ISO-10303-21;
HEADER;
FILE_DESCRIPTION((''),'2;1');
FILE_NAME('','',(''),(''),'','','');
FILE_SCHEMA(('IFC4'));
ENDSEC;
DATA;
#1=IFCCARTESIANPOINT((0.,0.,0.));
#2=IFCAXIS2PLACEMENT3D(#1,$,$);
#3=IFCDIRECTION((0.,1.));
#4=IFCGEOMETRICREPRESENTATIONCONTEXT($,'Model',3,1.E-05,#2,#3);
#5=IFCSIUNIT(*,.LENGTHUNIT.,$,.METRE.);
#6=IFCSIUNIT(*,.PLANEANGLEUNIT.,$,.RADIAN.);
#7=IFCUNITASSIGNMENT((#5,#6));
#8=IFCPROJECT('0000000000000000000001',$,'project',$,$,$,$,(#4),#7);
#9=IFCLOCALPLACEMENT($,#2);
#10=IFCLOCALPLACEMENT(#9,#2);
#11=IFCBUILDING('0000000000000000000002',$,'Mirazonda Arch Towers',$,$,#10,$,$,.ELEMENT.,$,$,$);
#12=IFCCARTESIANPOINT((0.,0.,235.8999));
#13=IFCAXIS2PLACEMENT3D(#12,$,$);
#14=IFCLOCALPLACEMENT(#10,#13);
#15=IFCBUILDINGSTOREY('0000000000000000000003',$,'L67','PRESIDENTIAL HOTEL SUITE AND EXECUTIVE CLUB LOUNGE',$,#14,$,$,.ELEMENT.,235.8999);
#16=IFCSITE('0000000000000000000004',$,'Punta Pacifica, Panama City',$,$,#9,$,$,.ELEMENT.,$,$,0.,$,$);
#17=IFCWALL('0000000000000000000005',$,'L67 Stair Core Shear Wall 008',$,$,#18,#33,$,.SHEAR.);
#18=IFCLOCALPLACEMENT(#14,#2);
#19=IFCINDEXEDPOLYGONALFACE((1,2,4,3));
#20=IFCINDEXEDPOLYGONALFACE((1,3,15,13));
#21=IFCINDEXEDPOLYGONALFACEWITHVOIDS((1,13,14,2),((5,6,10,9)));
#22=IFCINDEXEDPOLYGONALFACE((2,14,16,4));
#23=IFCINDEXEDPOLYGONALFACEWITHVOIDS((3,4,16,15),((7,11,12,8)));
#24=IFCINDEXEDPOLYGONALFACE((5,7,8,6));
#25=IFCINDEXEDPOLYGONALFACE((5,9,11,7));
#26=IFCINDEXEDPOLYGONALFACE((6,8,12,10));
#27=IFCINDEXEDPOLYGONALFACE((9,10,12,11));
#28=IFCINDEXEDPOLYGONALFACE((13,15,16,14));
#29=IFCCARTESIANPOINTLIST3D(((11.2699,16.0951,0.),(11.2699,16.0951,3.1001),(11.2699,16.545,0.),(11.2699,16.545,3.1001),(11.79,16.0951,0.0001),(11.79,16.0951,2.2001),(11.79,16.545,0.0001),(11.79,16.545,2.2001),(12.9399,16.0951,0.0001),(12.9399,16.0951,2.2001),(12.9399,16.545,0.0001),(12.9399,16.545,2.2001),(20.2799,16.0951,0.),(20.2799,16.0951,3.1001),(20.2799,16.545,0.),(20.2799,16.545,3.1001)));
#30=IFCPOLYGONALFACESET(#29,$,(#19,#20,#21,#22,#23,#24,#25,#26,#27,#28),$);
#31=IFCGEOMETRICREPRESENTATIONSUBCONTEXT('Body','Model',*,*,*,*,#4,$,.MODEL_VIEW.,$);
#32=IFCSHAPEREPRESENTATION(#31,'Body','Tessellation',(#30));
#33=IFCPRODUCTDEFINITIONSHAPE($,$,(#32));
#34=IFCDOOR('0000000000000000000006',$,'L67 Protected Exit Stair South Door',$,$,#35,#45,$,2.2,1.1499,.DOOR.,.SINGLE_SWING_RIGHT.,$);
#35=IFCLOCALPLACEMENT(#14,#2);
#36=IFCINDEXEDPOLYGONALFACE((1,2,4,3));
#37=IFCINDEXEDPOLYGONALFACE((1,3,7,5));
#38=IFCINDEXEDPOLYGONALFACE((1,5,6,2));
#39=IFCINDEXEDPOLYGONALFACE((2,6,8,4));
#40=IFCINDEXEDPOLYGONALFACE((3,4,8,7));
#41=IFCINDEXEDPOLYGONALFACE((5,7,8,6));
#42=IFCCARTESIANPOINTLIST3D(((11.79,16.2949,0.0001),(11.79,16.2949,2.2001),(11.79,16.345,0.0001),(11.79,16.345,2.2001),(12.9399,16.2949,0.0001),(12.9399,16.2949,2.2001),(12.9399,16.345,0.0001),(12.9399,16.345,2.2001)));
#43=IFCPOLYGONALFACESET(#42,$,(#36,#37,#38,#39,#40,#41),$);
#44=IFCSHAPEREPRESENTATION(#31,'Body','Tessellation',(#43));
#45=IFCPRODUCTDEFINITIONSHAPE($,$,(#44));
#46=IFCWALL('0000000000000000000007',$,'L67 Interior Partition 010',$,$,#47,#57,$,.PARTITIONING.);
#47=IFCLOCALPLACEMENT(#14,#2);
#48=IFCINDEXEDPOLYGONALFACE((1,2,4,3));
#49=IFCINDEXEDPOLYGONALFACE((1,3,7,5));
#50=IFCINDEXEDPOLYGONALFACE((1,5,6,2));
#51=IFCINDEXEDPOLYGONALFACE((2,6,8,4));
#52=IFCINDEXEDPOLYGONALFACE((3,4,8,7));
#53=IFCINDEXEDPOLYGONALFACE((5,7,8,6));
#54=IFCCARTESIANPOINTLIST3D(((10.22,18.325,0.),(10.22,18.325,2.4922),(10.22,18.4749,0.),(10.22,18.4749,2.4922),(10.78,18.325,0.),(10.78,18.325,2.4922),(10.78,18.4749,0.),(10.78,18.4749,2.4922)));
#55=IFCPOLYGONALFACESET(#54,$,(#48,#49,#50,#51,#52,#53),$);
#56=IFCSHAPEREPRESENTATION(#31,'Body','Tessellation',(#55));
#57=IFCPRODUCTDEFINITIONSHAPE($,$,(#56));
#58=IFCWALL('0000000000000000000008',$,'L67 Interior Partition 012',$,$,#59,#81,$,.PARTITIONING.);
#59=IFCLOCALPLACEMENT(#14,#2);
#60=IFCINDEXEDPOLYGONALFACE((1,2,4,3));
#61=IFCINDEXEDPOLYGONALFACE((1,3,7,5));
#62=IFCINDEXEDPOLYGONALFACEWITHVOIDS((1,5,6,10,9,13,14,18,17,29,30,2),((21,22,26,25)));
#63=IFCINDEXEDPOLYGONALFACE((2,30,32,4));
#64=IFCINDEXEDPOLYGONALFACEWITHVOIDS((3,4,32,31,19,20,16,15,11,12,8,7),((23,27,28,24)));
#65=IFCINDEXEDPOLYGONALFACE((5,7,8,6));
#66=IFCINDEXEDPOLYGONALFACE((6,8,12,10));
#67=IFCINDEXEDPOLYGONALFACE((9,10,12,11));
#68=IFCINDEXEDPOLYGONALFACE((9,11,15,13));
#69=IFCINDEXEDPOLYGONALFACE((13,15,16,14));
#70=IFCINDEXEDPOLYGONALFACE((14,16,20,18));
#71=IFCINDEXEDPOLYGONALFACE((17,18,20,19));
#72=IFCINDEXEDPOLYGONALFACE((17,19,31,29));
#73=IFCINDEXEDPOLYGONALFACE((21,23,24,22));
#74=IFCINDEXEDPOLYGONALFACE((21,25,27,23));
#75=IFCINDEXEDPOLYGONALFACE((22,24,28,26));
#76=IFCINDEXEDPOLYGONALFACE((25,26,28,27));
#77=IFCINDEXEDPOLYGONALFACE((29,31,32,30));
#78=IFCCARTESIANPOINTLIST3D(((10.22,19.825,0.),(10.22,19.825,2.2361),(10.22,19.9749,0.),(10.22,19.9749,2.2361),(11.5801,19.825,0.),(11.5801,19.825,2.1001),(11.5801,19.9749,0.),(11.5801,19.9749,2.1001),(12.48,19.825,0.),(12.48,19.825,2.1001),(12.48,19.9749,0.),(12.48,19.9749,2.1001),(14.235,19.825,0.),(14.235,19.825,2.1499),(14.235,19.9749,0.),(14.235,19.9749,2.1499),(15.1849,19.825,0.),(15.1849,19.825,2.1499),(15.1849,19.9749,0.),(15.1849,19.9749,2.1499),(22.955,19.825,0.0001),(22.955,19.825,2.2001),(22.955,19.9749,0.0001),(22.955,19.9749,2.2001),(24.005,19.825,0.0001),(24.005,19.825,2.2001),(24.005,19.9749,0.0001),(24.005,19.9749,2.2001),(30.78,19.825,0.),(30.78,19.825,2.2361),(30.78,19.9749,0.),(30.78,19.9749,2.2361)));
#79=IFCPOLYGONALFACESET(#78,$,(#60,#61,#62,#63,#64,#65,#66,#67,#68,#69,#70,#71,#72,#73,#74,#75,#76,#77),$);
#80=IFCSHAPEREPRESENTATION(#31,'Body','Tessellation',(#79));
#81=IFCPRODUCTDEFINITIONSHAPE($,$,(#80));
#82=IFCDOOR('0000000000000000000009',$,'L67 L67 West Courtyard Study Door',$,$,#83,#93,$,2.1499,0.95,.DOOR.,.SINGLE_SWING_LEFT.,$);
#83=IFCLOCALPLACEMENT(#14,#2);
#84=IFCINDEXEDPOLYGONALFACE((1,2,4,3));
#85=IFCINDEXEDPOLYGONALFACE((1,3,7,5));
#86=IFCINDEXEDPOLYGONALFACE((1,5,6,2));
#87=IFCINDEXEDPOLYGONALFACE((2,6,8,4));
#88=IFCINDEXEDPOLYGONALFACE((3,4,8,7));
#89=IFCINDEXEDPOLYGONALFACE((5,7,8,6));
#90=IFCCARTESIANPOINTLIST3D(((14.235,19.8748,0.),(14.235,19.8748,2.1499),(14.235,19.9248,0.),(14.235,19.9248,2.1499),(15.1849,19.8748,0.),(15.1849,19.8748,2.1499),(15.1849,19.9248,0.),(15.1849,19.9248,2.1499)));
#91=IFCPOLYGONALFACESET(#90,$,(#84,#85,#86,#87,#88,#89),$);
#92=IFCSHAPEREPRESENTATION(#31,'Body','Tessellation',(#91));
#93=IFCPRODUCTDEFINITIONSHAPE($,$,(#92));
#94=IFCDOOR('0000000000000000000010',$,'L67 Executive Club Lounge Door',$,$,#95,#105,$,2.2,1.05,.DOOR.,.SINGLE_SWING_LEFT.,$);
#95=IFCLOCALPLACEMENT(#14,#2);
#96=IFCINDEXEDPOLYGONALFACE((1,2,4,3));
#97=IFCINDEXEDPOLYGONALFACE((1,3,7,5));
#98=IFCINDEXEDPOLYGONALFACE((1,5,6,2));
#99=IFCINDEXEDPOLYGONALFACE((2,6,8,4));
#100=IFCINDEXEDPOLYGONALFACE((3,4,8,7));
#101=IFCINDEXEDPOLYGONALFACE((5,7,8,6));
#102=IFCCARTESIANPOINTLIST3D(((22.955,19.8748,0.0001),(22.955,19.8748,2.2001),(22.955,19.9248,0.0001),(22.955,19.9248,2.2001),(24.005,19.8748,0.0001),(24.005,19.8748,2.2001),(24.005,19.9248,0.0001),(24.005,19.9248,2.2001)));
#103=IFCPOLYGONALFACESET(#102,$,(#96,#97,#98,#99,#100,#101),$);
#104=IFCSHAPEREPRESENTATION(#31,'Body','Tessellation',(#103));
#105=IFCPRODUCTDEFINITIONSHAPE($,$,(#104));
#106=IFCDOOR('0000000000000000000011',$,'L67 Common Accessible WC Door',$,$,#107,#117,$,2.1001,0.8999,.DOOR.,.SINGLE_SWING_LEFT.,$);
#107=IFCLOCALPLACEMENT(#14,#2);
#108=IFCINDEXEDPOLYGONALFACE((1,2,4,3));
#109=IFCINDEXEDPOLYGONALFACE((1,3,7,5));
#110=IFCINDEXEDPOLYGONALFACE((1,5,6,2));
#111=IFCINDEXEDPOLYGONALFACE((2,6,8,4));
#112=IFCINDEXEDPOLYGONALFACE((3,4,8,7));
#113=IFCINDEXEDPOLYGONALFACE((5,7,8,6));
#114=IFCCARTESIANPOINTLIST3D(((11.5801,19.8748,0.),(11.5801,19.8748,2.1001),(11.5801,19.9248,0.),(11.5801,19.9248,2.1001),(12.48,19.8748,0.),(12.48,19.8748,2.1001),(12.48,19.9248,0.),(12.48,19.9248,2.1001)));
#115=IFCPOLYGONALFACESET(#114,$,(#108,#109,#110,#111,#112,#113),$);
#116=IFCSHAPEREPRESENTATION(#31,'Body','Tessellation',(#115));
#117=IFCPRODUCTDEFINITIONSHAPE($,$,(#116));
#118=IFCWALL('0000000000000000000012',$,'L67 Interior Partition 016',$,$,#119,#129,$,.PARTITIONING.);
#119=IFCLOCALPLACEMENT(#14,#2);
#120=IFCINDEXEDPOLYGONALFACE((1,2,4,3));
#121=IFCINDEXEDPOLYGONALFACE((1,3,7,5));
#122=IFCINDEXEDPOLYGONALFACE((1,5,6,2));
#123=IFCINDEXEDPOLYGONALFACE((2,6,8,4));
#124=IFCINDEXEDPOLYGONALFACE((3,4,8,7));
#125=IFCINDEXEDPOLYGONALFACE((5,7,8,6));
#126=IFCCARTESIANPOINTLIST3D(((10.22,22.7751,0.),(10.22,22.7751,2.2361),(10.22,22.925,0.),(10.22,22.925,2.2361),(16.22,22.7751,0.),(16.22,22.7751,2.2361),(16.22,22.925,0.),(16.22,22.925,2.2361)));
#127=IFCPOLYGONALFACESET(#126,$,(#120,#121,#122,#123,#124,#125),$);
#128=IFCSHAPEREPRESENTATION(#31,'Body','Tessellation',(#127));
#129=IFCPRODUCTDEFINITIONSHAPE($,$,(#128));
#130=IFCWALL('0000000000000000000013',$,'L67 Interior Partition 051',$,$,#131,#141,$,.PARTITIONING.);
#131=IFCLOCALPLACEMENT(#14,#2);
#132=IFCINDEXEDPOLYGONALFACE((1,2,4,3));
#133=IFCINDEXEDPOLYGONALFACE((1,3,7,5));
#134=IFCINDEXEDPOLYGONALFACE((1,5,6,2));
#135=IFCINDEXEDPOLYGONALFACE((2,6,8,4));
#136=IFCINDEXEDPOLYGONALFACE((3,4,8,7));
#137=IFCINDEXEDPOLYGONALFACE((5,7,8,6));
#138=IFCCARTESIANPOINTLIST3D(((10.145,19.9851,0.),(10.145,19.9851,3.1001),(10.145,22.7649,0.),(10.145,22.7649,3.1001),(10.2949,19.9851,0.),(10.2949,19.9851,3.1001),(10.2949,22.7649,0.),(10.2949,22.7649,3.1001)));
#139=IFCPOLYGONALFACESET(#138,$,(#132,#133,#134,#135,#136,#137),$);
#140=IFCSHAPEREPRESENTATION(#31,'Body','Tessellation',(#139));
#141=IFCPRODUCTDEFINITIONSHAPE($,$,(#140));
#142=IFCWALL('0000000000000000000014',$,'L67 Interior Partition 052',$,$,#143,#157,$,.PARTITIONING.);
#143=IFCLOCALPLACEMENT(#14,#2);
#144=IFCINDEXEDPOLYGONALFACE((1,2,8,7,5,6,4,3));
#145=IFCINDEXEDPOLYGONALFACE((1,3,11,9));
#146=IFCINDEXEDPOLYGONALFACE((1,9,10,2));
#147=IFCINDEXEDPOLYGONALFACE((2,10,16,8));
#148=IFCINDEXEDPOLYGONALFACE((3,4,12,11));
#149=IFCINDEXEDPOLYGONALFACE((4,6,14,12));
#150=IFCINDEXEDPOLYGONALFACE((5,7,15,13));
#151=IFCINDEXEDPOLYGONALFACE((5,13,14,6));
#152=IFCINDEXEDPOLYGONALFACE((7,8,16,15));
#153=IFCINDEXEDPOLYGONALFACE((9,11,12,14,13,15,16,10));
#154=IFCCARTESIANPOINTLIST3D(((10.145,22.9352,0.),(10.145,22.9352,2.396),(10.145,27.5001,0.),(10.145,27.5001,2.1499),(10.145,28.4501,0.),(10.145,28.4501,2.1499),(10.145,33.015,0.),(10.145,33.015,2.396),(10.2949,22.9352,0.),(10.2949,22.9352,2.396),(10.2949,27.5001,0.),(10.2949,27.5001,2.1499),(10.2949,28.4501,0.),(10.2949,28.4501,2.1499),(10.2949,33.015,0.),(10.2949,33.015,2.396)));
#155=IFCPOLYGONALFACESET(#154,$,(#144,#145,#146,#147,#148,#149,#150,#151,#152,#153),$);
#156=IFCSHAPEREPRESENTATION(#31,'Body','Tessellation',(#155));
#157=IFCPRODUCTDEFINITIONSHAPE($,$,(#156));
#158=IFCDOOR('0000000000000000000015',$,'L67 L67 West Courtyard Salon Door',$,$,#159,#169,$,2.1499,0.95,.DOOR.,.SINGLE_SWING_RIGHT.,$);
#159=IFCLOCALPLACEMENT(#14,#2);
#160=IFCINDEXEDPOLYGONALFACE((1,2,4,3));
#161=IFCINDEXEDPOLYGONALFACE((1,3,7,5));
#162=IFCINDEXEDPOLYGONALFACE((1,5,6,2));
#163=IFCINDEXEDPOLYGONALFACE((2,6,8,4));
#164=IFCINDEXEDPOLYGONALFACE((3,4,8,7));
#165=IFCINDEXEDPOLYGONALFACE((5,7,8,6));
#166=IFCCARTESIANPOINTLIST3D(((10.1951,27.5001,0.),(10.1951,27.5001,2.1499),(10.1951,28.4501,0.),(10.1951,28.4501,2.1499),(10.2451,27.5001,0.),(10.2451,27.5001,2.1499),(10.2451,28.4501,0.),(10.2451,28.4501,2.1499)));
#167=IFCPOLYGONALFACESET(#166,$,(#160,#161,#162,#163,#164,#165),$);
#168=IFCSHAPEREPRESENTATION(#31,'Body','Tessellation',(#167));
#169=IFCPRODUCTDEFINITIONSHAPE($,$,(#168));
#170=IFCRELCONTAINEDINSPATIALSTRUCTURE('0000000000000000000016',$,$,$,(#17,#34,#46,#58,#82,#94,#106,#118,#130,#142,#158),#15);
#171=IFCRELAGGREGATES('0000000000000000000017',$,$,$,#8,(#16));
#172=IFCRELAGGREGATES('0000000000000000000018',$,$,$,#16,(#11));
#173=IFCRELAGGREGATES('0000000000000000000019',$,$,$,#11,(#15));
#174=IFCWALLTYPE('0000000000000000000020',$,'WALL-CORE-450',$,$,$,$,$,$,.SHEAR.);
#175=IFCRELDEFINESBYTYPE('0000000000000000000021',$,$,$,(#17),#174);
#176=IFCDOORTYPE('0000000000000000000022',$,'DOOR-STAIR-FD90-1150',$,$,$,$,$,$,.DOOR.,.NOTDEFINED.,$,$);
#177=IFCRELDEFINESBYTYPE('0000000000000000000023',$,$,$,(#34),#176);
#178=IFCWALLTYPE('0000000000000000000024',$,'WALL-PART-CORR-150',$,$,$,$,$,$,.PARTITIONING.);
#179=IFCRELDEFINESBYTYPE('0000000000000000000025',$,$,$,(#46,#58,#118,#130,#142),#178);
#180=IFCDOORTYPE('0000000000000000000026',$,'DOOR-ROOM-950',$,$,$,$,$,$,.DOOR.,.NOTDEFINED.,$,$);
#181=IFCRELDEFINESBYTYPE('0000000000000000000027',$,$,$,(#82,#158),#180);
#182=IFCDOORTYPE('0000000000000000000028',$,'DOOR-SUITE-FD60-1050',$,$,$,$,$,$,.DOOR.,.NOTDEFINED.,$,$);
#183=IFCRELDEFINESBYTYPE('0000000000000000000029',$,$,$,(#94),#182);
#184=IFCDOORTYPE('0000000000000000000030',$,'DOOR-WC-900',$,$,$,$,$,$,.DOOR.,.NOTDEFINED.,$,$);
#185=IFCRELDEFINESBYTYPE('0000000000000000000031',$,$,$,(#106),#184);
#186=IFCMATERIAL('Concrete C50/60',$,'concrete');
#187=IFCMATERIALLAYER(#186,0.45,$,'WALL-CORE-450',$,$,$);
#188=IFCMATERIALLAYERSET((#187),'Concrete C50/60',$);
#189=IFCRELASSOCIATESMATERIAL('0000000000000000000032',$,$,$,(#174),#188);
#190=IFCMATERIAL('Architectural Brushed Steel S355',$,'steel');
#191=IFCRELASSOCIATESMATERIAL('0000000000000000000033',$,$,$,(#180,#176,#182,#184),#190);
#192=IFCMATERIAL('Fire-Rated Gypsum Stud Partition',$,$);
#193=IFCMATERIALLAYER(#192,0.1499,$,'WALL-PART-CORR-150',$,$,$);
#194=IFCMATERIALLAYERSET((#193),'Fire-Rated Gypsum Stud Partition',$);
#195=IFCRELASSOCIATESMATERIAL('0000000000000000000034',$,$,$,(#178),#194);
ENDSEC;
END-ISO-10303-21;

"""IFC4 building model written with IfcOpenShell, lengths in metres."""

from ifc_helpers import new_model, si_unit, direction, frame, frame_2d, origin, place, context, subcontext, project, spatial, rectangle, extrude, material, layer, layer_set, type_object, element, fill, save


model = new_model("IFC4")

# Units and contexts
model_context = context("Model", 3, precision=1e-05, world=origin(), true_north=direction((0.0, 1.0)))
body_context = subcontext(model_context, "Body", "Model", "MODEL_VIEW")
ifc_project = project(units=[si_unit("LENGTHUNIT", "METRE"), si_unit("PLANEANGLEUNIT", "RADIAN")], contexts=[model_context])

# Site, building, storey
site_placement = place(None, origin())
site = spatial("IfcSite", under=ifc_project, at=site_placement, Name="Punta Pacifica, Panama City", CompositionType="ELEMENT", RefElevation=0.0)
building_placement = place(site_placement, origin())
building = spatial("IfcBuilding", under=site, at=building_placement, Name="Mirazonda Arch Towers", CompositionType="ELEMENT")
storey_placement = place(building_placement, frame((0.0, 0.0, 235.8999)))
storey = spatial("IfcBuildingStorey", under=building, at=storey_placement, Name="L67", Description="PRESIDENTIAL HOTEL SUITE AND EXECUTIVE CLUB LOUNGE", CompositionType="ELEMENT", Elevation=235.8999)

# Shared definitions
ifc_material_1 = material(Name="Concrete C50/60", Category="concrete")

# Shared definitions
ifc_layer_1 = layer(ifc_material_1, 0.45, Name="WALL-CORE-450")
ifc_layer_set_1 = layer_set([ifc_layer_1], Name="Concrete C50/60")
wall_type_1 = type_object("IfcWallType", Name="WALL-CORE-450", PredefinedType="SHEAR", material=ifc_layer_set_1)
ifc_material_2 = material(Name="Architectural Brushed Steel S355", Category="steel")
door_type_1 = type_object("IfcDoorType", Name="DOOR-ROOM-950", OperationType="NOTDEFINED", PredefinedType="DOOR", material=ifc_material_2)

# Wall, opening, door
wall_1_placement = place(storey_placement, frame((11.27, 16.3201, 0.0), z_axis=(0.0, 0.0, 1.0), x_axis=(1.0, 0.0, 0.0)))
wall_1 = element("IfcWall", 1, at=wall_1_placement, inside=storey, type_object=wall_type_1, Name="L67 Stair Core Shear Wall 008", PredefinedType="SHEAR", context=body_context, shape_type="SweptSolid", body=[
    extrude(rectangle(XDim=9.01, YDim=0.45, at=frame_2d((4.5049, 0.0))), origin(), (0.0, 0.0, 1.0), 3.1001),
])
opening_1_placement = place(wall_1_placement, frame((0.52, 0.0, 0.0)))
opening_1 = element("IfcOpeningElement", 2, at=opening_1_placement, cuts=wall_1, PredefinedType="OPENING", context=body_context, shape_type="SweptSolid", body=[
    extrude(rectangle(XDim=1.1499, YDim=2.2, at=frame_2d((0.575, 1.1001))), frame((0.0, 0.2349, 0.0), z_axis=(0.0, -1.0, 0.0), x_axis=(1.0, 0.0, 0.0)), (0.0, 0.0, 1.0), 0.47),
])
door_type_2 = type_object("IfcDoorType", Name="DOOR-STAIR-FD90-1150", OperationType="NOTDEFINED", PredefinedType="DOOR", material=ifc_material_2)
door_1_placement = place(opening_1_placement, origin())
door_1 = element("IfcDoor", 3, at=door_1_placement, inside=storey, type_object=door_type_2, Name="L67 Protected Exit Stair South Door", OperationType="SINGLE_SWING_RIGHT", OverallHeight=2.2, OverallWidth=1.1499, PredefinedType="DOOR", context=body_context, shape_type="SweptSolid", body=[
    extrude(rectangle(XDim=1.1499, YDim=2.2, at=frame_2d((0.575, 1.1001))), frame((0.0, 0.0249, 0.0), z_axis=(0.0, -1.0, 0.0), x_axis=(1.0, 0.0, 0.0)), (0.0, 0.0, 1.0), 0.05),
])
fill(opening_1, door_1)

# Wall
ifc_material_3 = material(Name="Fire-Rated Gypsum Stud Partition")
ifc_layer_2 = layer(ifc_material_3, 0.1499, Name="WALL-PART-CORR-150")
ifc_layer_set_2 = layer_set([ifc_layer_2], Name="Fire-Rated Gypsum Stud Partition")
wall_type_2 = type_object("IfcWallType", Name="WALL-PART-CORR-150", PredefinedType="PARTITIONING", material=ifc_layer_set_2)
wall_2_placement = place(storey_placement, frame((10.22, 18.3999, 0.0), z_axis=(0.0, 0.0, 1.0), x_axis=(1.0, 0.0, 0.0)))
element("IfcWall", 4, at=wall_2_placement, inside=storey, type_object=wall_type_2, Name="L67 Interior Partition 010", PredefinedType="PARTITIONING", context=body_context, shape_type="SweptSolid", body=[
    extrude(rectangle(XDim=0.5601, YDim=0.1499, at=frame_2d((0.28, 0.0))), origin(), (0.0, 0.0, 1.0), 2.4922),
])

# Wall, openings, doors
wall_3_placement = place(storey_placement, frame((10.22, 19.8999, 0.0), z_axis=(0.0, 0.0, 1.0), x_axis=(1.0, 0.0, 0.0)))
wall_3 = element("IfcWall", 5, at=wall_3_placement, inside=storey, type_object=wall_type_2, Name="L67 Interior Partition 012", PredefinedType="PARTITIONING", context=body_context, shape_type="SweptSolid", body=[
    extrude(rectangle(XDim=20.5601, YDim=0.1499, at=frame_2d((10.28, 0.0))), origin(), (0.0, 0.0, 1.0), 2.2361),
])
opening_2_placement = place(wall_3_placement, frame((1.3601, 0.0, 0.0)))
opening_2 = element("IfcOpeningElement", 6, at=opening_2_placement, cuts=wall_3, PredefinedType="OPENING", context=body_context, shape_type="SweptSolid", body=[
    extrude(rectangle(XDim=0.8999, YDim=2.1001, at=frame_2d((0.45, 1.05))), frame((0.0, 0.085, 0.0), z_axis=(0.0, -1.0, 0.0), x_axis=(1.0, 0.0, 0.0)), (0.0, 0.0, 1.0), 0.1699),
])
opening_3_placement = place(wall_3_placement, frame((4.0149, 0.0, 0.0)))
opening_3 = element("IfcOpeningElement", 7, at=opening_3_placement, cuts=wall_3, PredefinedType="OPENING", context=body_context, shape_type="SweptSolid", body=[
    extrude(rectangle(XDim=0.95, YDim=2.1499, at=frame_2d((0.4751, 1.075))), frame((0.0, 0.085, 0.0), z_axis=(0.0, -1.0, 0.0), x_axis=(1.0, 0.0, 0.0)), (0.0, 0.0, 1.0), 0.1699),
])
opening_4_placement = place(wall_3_placement, frame((12.7351, 0.0, 0.0)))
opening_4 = element("IfcOpeningElement", 8, at=opening_4_placement, cuts=wall_3, PredefinedType="OPENING", context=body_context, shape_type="SweptSolid", body=[
    extrude(rectangle(XDim=1.05, YDim=2.2, at=frame_2d((0.5249, 1.1001))), frame((0.0, 0.085, 0.0), z_axis=(0.0, -1.0, 0.0), x_axis=(1.0, 0.0, 0.0)), (0.0, 0.0, 1.0), 0.1699),
])
door_2_placement = place(opening_3_placement, origin())
door_2 = element("IfcDoor", 9, at=door_2_placement, inside=storey, type_object=door_type_1, Name="L67 L67 West Courtyard Study Door", OperationType="SINGLE_SWING_LEFT", OverallHeight=2.1499, OverallWidth=0.95, PredefinedType="DOOR", context=body_context, shape_type="SweptSolid", body=[
    extrude(rectangle(XDim=0.95, YDim=2.1499, at=frame_2d((0.4751, 1.075))), frame((0.0, 0.0249, 0.0), z_axis=(0.0, -1.0, 0.0), x_axis=(1.0, 0.0, 0.0)), (0.0, 0.0, 1.0), 0.05),
])
fill(opening_3, door_2)
door_type_3 = type_object("IfcDoorType", Name="DOOR-SUITE-FD60-1050", OperationType="NOTDEFINED", PredefinedType="DOOR", material=ifc_material_2)
door_3_placement = place(opening_4_placement, origin())
door_3 = element("IfcDoor", 10, at=door_3_placement, inside=storey, type_object=door_type_3, Name="L67 Executive Club Lounge Door", OperationType="SINGLE_SWING_LEFT", OverallHeight=2.2, OverallWidth=1.05, PredefinedType="DOOR", context=body_context, shape_type="SweptSolid", body=[
    extrude(rectangle(XDim=1.05, YDim=2.2, at=frame_2d((0.5249, 1.1001))), frame((0.0, 0.0249, 0.0), z_axis=(0.0, -1.0, 0.0), x_axis=(1.0, 0.0, 0.0)), (0.0, 0.0, 1.0), 0.05),
])
fill(opening_4, door_3)
door_type_4 = type_object("IfcDoorType", Name="DOOR-WC-900", OperationType="NOTDEFINED", PredefinedType="DOOR", material=ifc_material_2)
door_4_placement = place(opening_2_placement, origin())
door_4 = element("IfcDoor", 11, at=door_4_placement, inside=storey, type_object=door_type_4, Name="L67 Common Accessible WC Door", OperationType="SINGLE_SWING_LEFT", OverallHeight=2.1001, OverallWidth=0.8999, PredefinedType="DOOR", context=body_context, shape_type="SweptSolid", body=[
    extrude(rectangle(XDim=0.8999, YDim=2.1001, at=frame_2d((0.45, 1.05))), frame((0.0, 0.0249, 0.0), z_axis=(0.0, -1.0, 0.0), x_axis=(1.0, 0.0, 0.0)), (0.0, 0.0, 1.0), 0.05),
])
fill(opening_2, door_4)

# Walls
wall_4_placement = place(storey_placement, frame((10.22, 22.8501, 0.0), z_axis=(0.0, 0.0, 1.0), x_axis=(1.0, 0.0, 0.0)))
element("IfcWall", 12, at=wall_4_placement, inside=storey, type_object=wall_type_2, Name="L67 Interior Partition 016", PredefinedType="PARTITIONING", context=body_context, shape_type="SweptSolid", body=[
    extrude(rectangle(XDim=6.0, YDim=0.1499, at=frame_2d((3.0, 0.0))), origin(), (0.0, 0.0, 1.0), 2.2361),
])
wall_5_placement = place(storey_placement, frame((10.22, 19.9851, 0.0), z_axis=(0.0, 0.0, 1.0), x_axis=(0.0, 1.0, 0.0)))
element("IfcWall", 13, at=wall_5_placement, inside=storey, type_object=wall_type_2, Name="L67 Interior Partition 051", PredefinedType="PARTITIONING", context=body_context, shape_type="SweptSolid", body=[
    extrude(rectangle(XDim=2.7798, YDim=0.1499, at=frame_2d((1.3899, 0.0))), origin(), (0.0, 0.0, 1.0), 3.1001),
])

# Wall, opening, door
wall_6_placement = place(storey_placement, frame((10.22, 22.9351, 0.0), z_axis=(0.0, 0.0, 1.0), x_axis=(0.0, 1.0, 0.0)))
wall_6 = element("IfcWall", 14, at=wall_6_placement, inside=storey, type_object=wall_type_2, Name="L67 Interior Partition 052", PredefinedType="PARTITIONING", context=body_context, shape_type="SweptSolid", body=[
    extrude(rectangle(XDim=10.0798, YDim=0.1499, at=frame_2d((5.04, 0.0))), origin(), (0.0, 0.0, 1.0), 2.396),
])
opening_5_placement = place(wall_6_placement, frame((4.5649, 0.0, 0.0)))
opening_5 = element("IfcOpeningElement", 15, at=opening_5_placement, cuts=wall_6, PredefinedType="OPENING", context=body_context, shape_type="SweptSolid", body=[
    extrude(rectangle(XDim=0.95, YDim=2.1499, at=frame_2d((0.4751, 1.075))), frame((0.0, 0.085, 0.0), z_axis=(0.0, -1.0, 0.0), x_axis=(1.0, 0.0, 0.0)), (0.0, 0.0, 1.0), 0.1699),
])
door_5_placement = place(opening_5_placement, origin())
door_5 = element("IfcDoor", 16, at=door_5_placement, inside=storey, type_object=door_type_1, Name="L67 L67 West Courtyard Salon Door", OperationType="SINGLE_SWING_RIGHT", OverallHeight=2.1499, OverallWidth=0.95, PredefinedType="DOOR", context=body_context, shape_type="SweptSolid", body=[
    extrude(rectangle(XDim=0.95, YDim=2.1499, at=frame_2d((0.4751, 1.075))), frame((0.0, 0.0249, 0.0), z_axis=(0.0, -1.0, 0.0), x_axis=(1.0, 0.0, 0.0)), (0.0, 0.0, 1.0), 0.05),
])
fill(opening_5, door_5)

save(model, "model.ifc")
